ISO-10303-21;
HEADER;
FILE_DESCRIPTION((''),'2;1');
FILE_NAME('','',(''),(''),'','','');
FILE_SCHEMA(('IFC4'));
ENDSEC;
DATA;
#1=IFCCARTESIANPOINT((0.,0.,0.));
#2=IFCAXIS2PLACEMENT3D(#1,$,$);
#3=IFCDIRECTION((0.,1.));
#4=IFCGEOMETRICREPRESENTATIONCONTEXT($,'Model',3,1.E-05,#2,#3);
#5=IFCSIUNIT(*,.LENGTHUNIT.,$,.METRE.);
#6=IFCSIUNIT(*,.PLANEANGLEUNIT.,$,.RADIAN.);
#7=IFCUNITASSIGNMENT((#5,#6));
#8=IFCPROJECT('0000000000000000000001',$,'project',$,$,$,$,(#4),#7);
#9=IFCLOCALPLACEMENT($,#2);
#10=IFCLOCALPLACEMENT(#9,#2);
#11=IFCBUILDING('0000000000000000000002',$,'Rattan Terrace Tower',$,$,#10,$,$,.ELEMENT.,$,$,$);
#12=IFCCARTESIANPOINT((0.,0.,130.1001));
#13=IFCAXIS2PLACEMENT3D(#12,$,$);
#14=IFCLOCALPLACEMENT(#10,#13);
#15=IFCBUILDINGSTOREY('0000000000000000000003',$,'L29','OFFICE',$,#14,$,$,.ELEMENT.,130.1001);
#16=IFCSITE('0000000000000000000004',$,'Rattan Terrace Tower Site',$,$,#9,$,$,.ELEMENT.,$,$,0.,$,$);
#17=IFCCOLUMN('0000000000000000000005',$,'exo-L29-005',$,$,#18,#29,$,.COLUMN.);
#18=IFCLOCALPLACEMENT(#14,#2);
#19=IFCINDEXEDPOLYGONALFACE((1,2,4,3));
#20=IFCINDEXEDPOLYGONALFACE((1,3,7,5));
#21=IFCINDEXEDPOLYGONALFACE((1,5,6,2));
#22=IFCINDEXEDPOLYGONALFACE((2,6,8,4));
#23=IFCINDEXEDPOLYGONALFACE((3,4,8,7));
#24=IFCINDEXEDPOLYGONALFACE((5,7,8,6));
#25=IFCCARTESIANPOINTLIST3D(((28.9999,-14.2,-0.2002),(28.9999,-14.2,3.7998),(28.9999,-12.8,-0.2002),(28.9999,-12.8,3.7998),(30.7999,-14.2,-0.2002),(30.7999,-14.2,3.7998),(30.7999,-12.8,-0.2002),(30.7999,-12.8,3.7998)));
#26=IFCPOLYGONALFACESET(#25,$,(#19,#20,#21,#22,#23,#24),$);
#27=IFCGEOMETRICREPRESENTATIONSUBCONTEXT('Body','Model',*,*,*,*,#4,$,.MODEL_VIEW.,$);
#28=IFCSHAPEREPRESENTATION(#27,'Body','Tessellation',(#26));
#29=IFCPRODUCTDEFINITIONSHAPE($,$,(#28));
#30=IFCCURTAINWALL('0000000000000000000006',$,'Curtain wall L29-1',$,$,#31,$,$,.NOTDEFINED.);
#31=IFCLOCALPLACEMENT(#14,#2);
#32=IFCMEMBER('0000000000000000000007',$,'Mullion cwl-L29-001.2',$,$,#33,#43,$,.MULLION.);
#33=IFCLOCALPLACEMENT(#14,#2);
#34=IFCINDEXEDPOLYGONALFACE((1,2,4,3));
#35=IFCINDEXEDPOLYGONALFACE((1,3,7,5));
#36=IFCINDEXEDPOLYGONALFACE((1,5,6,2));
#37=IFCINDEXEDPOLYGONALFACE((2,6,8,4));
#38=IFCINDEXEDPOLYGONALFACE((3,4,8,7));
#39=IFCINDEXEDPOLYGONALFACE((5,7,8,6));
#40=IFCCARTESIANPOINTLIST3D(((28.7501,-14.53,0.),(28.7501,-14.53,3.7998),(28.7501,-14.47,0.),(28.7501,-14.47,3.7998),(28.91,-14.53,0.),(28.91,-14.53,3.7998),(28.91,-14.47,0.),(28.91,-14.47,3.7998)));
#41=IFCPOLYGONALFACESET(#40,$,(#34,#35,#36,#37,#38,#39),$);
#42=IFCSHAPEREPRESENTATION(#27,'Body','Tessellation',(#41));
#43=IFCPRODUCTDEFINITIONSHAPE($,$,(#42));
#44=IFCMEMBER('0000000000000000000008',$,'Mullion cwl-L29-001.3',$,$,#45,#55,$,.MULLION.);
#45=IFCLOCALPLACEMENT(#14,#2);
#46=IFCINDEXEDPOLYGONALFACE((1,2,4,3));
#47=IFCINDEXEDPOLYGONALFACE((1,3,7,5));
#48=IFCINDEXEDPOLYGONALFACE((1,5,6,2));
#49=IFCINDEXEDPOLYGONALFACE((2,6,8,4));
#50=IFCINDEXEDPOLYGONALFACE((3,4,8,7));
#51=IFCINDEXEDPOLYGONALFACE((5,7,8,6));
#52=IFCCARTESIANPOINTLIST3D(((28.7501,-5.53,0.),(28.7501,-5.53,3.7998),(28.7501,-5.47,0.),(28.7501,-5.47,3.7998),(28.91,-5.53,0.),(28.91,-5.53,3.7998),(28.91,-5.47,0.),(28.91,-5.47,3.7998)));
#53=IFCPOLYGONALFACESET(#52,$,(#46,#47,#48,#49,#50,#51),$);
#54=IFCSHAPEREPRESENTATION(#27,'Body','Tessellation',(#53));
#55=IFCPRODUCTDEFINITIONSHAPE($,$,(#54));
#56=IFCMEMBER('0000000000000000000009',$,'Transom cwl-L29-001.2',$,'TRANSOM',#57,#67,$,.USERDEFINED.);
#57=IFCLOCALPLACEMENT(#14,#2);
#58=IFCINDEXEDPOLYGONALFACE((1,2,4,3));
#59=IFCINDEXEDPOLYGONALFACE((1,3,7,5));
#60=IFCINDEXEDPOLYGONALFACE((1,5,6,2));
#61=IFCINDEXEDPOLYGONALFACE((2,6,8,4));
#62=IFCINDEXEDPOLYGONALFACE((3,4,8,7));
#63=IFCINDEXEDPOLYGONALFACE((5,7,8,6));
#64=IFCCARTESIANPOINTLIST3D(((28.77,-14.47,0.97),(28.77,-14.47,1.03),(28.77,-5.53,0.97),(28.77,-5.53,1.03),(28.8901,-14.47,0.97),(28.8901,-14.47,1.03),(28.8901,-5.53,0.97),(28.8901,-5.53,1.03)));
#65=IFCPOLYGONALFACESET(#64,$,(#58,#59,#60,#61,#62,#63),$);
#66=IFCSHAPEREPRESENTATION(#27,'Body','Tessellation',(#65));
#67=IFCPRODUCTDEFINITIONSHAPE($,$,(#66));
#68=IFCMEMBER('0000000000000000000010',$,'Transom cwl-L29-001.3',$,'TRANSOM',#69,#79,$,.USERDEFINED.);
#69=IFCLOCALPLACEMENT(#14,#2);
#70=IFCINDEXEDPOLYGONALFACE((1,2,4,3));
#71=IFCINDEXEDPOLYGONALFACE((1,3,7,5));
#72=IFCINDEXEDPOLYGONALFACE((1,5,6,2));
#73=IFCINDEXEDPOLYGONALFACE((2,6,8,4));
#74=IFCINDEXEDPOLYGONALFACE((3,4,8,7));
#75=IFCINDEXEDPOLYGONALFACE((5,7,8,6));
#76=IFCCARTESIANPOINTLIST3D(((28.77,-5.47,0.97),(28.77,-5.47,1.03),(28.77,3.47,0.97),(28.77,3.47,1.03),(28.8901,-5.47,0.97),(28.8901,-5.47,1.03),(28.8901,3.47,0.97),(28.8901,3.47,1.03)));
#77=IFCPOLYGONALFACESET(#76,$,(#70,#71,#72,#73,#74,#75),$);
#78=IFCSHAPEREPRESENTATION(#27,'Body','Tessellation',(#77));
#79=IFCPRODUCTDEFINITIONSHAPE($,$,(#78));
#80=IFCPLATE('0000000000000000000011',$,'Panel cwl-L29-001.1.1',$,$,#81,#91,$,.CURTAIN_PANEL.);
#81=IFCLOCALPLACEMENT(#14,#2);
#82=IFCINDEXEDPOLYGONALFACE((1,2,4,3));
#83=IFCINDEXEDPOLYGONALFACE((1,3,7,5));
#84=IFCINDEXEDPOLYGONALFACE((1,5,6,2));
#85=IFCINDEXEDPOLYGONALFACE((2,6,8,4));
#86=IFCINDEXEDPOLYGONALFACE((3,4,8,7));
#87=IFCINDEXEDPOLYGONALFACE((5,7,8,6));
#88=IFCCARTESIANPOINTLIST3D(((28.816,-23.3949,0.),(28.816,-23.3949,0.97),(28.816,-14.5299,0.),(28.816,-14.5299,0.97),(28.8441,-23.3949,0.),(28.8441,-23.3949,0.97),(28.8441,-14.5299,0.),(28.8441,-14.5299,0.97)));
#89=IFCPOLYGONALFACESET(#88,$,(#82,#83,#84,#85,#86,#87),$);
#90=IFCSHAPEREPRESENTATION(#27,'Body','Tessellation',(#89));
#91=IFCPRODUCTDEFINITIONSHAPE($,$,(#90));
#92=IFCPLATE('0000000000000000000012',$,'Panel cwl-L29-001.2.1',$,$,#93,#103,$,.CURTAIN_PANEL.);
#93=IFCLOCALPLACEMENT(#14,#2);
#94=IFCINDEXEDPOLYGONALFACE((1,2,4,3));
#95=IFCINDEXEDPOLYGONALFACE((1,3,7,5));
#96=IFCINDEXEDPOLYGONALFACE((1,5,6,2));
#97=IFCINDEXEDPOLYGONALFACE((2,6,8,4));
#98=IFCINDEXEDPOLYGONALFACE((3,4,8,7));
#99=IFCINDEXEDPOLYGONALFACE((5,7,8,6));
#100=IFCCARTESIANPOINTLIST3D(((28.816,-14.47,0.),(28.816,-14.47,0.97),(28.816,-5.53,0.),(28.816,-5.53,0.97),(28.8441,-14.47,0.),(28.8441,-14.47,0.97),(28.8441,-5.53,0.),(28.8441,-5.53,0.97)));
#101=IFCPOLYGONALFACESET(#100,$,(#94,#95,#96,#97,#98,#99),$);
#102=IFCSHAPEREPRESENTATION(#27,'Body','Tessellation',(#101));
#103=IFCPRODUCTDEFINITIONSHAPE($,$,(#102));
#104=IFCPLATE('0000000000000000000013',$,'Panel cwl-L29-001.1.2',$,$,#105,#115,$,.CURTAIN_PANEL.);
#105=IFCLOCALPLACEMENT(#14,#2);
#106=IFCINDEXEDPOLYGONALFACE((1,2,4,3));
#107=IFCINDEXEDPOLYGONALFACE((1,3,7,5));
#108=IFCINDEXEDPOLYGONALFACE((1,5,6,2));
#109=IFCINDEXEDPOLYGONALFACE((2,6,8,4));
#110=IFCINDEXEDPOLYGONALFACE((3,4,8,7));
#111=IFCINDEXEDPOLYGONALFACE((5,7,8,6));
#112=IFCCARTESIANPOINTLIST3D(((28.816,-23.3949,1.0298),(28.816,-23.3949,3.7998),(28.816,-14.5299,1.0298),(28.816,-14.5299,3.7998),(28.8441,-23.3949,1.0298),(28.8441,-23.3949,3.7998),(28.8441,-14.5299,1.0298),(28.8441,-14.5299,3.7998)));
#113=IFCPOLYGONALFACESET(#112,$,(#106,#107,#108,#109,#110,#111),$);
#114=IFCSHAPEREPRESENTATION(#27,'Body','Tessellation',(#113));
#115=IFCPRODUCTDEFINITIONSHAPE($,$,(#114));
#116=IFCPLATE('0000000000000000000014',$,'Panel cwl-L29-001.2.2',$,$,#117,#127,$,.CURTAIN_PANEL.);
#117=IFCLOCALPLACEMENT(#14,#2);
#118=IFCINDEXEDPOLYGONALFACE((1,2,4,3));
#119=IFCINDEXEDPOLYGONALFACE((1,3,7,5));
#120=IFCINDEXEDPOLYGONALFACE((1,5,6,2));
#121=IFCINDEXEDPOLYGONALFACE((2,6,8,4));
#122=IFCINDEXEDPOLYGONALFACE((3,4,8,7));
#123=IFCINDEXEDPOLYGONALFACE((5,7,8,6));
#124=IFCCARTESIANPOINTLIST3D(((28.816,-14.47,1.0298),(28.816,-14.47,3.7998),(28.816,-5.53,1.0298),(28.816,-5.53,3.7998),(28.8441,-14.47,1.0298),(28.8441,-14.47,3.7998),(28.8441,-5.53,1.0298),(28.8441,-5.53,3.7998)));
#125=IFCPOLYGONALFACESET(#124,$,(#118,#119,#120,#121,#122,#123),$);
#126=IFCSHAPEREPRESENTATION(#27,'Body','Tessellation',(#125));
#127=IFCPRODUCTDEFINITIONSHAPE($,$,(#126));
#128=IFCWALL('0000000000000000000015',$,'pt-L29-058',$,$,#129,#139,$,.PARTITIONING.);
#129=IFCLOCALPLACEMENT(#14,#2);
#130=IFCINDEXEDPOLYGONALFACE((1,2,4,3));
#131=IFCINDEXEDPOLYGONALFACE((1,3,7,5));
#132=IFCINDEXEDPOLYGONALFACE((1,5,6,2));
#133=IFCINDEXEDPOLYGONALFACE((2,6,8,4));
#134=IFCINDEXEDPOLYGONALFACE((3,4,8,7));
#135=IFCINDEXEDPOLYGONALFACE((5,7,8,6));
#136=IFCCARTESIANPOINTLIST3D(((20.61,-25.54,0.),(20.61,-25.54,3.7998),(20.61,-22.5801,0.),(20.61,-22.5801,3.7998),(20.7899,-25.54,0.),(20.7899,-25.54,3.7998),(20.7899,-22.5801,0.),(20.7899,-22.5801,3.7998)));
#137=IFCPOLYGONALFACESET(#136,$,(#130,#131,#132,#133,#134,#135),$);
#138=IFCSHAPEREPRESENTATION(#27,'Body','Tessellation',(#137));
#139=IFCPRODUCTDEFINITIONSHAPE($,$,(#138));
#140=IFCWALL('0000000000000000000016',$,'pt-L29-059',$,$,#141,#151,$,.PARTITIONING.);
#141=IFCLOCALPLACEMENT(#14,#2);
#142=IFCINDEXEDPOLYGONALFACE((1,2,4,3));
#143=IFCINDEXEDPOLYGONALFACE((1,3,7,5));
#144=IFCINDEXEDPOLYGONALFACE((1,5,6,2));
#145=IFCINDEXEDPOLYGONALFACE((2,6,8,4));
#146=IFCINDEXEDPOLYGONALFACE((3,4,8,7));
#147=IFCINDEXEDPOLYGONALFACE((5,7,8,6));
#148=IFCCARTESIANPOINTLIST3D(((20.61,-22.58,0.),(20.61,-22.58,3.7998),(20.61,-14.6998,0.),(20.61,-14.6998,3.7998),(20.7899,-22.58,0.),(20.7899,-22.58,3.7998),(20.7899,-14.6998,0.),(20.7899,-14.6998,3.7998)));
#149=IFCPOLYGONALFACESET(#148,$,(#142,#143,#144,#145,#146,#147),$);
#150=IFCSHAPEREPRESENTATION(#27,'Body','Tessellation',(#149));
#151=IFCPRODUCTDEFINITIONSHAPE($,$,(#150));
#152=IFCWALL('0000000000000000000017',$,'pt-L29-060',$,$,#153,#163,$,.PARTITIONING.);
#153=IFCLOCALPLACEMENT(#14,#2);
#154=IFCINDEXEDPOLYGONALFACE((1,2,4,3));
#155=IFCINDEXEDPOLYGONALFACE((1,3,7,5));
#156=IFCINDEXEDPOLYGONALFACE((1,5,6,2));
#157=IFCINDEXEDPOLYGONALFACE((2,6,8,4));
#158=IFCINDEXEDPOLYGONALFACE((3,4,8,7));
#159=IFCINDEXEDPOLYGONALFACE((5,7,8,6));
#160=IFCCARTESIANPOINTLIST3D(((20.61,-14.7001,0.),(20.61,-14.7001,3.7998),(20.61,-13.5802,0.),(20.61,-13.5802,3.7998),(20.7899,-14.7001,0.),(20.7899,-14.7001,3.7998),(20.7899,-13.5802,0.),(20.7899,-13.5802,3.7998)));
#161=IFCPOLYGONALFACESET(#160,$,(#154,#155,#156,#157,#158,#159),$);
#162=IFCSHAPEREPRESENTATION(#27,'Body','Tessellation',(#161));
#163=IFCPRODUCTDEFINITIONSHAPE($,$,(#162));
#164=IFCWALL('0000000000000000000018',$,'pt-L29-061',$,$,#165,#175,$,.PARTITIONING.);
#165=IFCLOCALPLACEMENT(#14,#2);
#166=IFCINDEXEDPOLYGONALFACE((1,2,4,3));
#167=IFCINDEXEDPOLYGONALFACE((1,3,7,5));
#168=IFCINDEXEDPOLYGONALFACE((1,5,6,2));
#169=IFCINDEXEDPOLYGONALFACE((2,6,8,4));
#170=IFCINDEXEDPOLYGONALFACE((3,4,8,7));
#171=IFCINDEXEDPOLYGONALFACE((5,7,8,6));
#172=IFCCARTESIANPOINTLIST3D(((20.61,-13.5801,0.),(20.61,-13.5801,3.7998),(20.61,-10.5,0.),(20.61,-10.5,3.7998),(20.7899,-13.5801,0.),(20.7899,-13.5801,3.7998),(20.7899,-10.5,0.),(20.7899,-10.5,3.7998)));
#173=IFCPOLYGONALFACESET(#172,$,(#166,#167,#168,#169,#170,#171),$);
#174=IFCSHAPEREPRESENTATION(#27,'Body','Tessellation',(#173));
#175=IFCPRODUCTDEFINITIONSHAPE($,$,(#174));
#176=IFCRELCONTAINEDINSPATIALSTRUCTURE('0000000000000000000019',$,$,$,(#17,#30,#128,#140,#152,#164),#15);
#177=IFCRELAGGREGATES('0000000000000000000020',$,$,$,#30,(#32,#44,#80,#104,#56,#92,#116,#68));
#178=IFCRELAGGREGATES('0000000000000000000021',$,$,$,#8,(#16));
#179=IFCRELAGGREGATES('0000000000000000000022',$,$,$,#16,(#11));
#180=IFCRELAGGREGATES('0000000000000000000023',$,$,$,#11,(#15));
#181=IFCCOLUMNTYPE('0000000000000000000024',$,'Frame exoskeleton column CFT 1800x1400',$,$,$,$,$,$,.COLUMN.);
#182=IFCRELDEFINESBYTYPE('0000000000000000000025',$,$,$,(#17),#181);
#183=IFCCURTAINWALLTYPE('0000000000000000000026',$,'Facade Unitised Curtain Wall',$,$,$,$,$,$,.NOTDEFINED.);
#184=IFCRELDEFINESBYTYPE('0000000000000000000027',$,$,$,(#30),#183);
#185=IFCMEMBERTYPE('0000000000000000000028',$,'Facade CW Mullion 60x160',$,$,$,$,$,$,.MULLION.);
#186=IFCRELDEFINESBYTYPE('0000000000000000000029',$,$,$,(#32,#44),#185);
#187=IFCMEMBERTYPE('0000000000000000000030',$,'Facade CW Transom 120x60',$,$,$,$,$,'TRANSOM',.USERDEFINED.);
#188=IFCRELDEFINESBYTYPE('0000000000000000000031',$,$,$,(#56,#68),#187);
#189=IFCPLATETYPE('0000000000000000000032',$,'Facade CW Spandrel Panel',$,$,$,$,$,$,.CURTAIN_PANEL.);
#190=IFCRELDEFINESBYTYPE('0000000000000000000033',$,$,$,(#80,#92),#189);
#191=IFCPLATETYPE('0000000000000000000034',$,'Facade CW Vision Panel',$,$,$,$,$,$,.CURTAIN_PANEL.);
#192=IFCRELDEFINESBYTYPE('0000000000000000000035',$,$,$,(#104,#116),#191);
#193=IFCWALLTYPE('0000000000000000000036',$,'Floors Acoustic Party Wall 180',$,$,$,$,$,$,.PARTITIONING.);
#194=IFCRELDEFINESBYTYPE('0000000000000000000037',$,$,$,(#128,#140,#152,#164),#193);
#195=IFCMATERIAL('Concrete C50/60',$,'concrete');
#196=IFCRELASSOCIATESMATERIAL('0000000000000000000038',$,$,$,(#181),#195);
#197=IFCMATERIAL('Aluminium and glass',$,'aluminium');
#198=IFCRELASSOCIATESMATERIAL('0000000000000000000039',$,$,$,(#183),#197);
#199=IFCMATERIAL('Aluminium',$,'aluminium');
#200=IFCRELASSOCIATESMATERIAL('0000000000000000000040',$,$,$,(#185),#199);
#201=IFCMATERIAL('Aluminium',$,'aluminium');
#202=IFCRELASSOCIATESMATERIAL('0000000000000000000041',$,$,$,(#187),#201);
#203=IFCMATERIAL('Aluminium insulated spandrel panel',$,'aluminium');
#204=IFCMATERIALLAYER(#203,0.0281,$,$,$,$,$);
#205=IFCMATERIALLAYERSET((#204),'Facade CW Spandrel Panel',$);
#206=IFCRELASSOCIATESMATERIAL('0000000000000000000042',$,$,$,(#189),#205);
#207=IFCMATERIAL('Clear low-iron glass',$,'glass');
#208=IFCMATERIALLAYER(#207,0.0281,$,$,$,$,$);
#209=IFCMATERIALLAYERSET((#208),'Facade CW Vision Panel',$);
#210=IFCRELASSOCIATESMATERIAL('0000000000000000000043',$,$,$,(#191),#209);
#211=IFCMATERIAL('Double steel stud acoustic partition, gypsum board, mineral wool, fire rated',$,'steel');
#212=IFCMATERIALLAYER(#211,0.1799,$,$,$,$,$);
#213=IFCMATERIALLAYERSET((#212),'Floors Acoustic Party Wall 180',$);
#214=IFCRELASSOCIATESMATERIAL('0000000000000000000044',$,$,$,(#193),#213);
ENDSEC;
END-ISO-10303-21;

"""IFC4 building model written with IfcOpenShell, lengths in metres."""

from ifc_helpers import new_model, si_unit, direction, frame, frame_2d, origin, origin_2d, place, context, subcontext, project, spatial, rectangle, extrude, material, layer, layer_set, material_profile, profile_set, type_object, element, aggregate, save


model = new_model("IFC4")

# Units and contexts
model_context = context("Model", 3, precision=1e-05, world=origin(), true_north=direction((0.0, 1.0)))
body_context = subcontext(model_context, "Body", "Model", "MODEL_VIEW")
ifc_project = project(units=[si_unit("LENGTHUNIT", "METRE"), si_unit("PLANEANGLEUNIT", "RADIAN")], contexts=[model_context])

# Site, building, storey
site_placement = place(None, origin())
site = spatial("IfcSite", under=ifc_project, at=site_placement, Name="Rattan Terrace Tower Site", CompositionType="ELEMENT", RefElevation=0.0)
building_placement = place(site_placement, origin())
building = spatial("IfcBuilding", under=site, at=building_placement, Name="Rattan Terrace Tower", CompositionType="ELEMENT")
storey_placement = place(building_placement, frame((0.0, 0.0, 130.1001)))
storey = spatial("IfcBuildingStorey", under=building, at=storey_placement, Name="L29", Description="OFFICE", CompositionType="ELEMENT", Elevation=130.1001)

# Column
ifc_material_1 = material(Name="Concrete C50/60", Category="concrete")
ifc_material_profile_1 = material_profile(ifc_material_1, rectangle(XDim=1.3999, YDim=1.8, at=origin_2d()), Name="CFT 1800x1400")
ifc_profile_set_1 = profile_set([ifc_material_profile_1], Name="Concrete C50/60")
column_type = type_object("IfcColumnType", Name="Frame exoskeleton column CFT 1800x1400", PredefinedType="COLUMN", material=ifc_profile_set_1)
column_placement = place(storey_placement, frame((29.8999, -13.5, -0.2002), z_axis=(0.0, 0.0, 1.0), x_axis=(0.0, 1.0, 0.0)))
element("IfcColumn", 1, at=column_placement, inside=storey, type_object=column_type, Name="exo-L29-005", PredefinedType="COLUMN", context=body_context, shape_type="SweptSolid", body=[
    extrude(rectangle(XDim=1.3999, YDim=1.8, at=origin_2d()), origin(), (0.0, 0.0, 1.0), 4.0),
])

# Curtain wall, members, plates
ifc_material_2 = material(Name="Aluminium and glass", Category="aluminium")
curtain_wall_type = type_object("IfcCurtainWallType", Name="Facade Unitised Curtain Wall", PredefinedType="NOTDEFINED", material=ifc_material_2)
curtain_wall_placement = place(storey_placement, origin())
curtain_wall = element("IfcCurtainWall", 2, at=curtain_wall_placement, inside=storey, type_object=curtain_wall_type, Name="Curtain wall L29-1", PredefinedType="NOTDEFINED")
ifc_material_3 = material(Name="Aluminium", Category="aluminium")
ifc_material_profile_2 = material_profile(ifc_material_3, rectangle(XDim=0.0601, YDim=0.1599, at=origin_2d()), Name="Aluminium 60x160")
ifc_profile_set_2 = profile_set([ifc_material_profile_2], Name="Aluminium")
member_type_1 = type_object("IfcMemberType", Name="Facade CW Mullion 60x160", PredefinedType="MULLION", material=ifc_profile_set_2)
member_1_placement = place(storey_placement, frame((28.8301, -14.5, 0.0), z_axis=(0.0, 0.0, 1.0), x_axis=(0.0, 1.0, 0.0)))
member_1 = element("IfcMember", 3, at=member_1_placement, type_object=member_type_1, Name="Mullion cwl-L29-001.2", PredefinedType="MULLION", context=body_context, shape_type="SweptSolid", body=[
    extrude(rectangle(XDim=0.0601, YDim=0.1599, at=origin_2d()), origin(), (0.0, 0.0, 1.0), 3.7998),
])
member_2_placement = place(storey_placement, frame((28.8301, -5.5, 0.0), z_axis=(0.0, 0.0, 1.0), x_axis=(0.0, 1.0, 0.0)))
member_2 = element("IfcMember", 4, at=member_2_placement, type_object=member_type_1, Name="Mullion cwl-L29-001.3", PredefinedType="MULLION", context=body_context, shape_type="SweptSolid", body=[
    extrude(rectangle(XDim=0.0601, YDim=0.1599, at=origin_2d()), origin(), (0.0, 0.0, 1.0), 3.7998),
])
ifc_material_4 = material(Name="Aluminium", Category="aluminium")
ifc_material_profile_3 = material_profile(ifc_material_4, rectangle(XDim=0.1201, YDim=0.0601, at=origin_2d()), Name="Aluminium 120x60")
ifc_profile_set_3 = profile_set([ifc_material_profile_3], Name="Aluminium")
member_type_2 = type_object("IfcMemberType", Name="Facade CW Transom 120x60", ElementType="TRANSOM", PredefinedType="USERDEFINED", material=ifc_profile_set_3)
member_3_placement = place(storey_placement, frame((28.8301, -14.47, 1.0), z_axis=(0.0, 1.0, 0.0), x_axis=(-1.0, 0.0, 0.0)))
member_3 = element("IfcMember", 5, at=member_3_placement, type_object=member_type_2, Name="Transom cwl-L29-001.2", ObjectType="TRANSOM", PredefinedType="USERDEFINED", context=body_context, shape_type="SweptSolid", body=[
    extrude(rectangle(XDim=0.1201, YDim=0.0601, at=origin_2d()), origin(), (0.0, 0.0, 1.0), 8.9399),
])
member_4_placement = place(storey_placement, frame((28.8301, -5.47, 1.0), z_axis=(0.0, 1.0, 0.0), x_axis=(-1.0, 0.0, 0.0)))
member_4 = element("IfcMember", 6, at=member_4_placement, type_object=member_type_2, Name="Transom cwl-L29-001.3", ObjectType="TRANSOM", PredefinedType="USERDEFINED", context=body_context, shape_type="SweptSolid", body=[
    extrude(rectangle(XDim=0.1201, YDim=0.0601, at=origin_2d()), origin(), (0.0, 0.0, 1.0), 8.9399),
])
ifc_material_5 = material(Name="Aluminium insulated spandrel panel", Category="aluminium")
ifc_layer_1 = layer(ifc_material_5, 0.0281)
ifc_layer_set_1 = layer_set([ifc_layer_1], Name="Facade CW Spandrel Panel")
plate_type_1 = type_object("IfcPlateType", Name="Facade CW Spandrel Panel", PredefinedType="CURTAIN_PANEL", material=ifc_layer_set_1)
plate_1_placement = place(storey_placement, frame((28.8301, -18.9624, 0.0), z_axis=(0.0, 0.0, 1.0), x_axis=(0.0, 1.0, 0.0)))
plate_1 = element("IfcPlate", 7, at=plate_1_placement, type_object=plate_type_1, Name="Panel cwl-L29-001.1.1", PredefinedType="CURTAIN_PANEL", context=body_context, shape_type="SweptSolid", body=[
    extrude(rectangle(XDim=8.865, YDim=0.0281, at=origin_2d()), origin(), (0.0, 0.0, 1.0), 0.97),
])
plate_2_placement = place(storey_placement, frame((28.8301, -10.0, 0.0), z_axis=(0.0, 0.0, 1.0), x_axis=(0.0, 1.0, 0.0)))
plate_2 = element("IfcPlate", 8, at=plate_2_placement, type_object=plate_type_1, Name="Panel cwl-L29-001.2.1", PredefinedType="CURTAIN_PANEL", context=body_context, shape_type="SweptSolid", body=[
    extrude(rectangle(XDim=8.9399, YDim=0.0281, at=origin_2d()), origin(), (0.0, 0.0, 1.0), 0.97),
])
ifc_material_6 = material(Name="Clear low-iron glass", Category="glass")
ifc_layer_2 = layer(ifc_material_6, 0.0281)
ifc_layer_set_2 = layer_set([ifc_layer_2], Name="Facade CW Vision Panel")
plate_type_2 = type_object("IfcPlateType", Name="Facade CW Vision Panel", PredefinedType="CURTAIN_PANEL", material=ifc_layer_set_2)
plate_3_placement = place(storey_placement, frame((28.8301, -18.9624, 1.0298), z_axis=(0.0, 0.0, 1.0), x_axis=(0.0, 1.0, 0.0)))
plate_3 = element("IfcPlate", 9, at=plate_3_placement, type_object=plate_type_2, Name="Panel cwl-L29-001.1.2", PredefinedType="CURTAIN_PANEL", context=body_context, shape_type="SweptSolid", body=[
    extrude(rectangle(XDim=8.865, YDim=0.0281, at=origin_2d()), origin(), (0.0, 0.0, 1.0), 2.77),
])
plate_4_placement = place(storey_placement, frame((28.8301, -10.0, 1.0298), z_axis=(0.0, 0.0, 1.0), x_axis=(0.0, 1.0, 0.0)))
plate_4 = element("IfcPlate", 10, at=plate_4_placement, type_object=plate_type_2, Name="Panel cwl-L29-001.2.2", PredefinedType="CURTAIN_PANEL", context=body_context, shape_type="SweptSolid", body=[
    extrude(rectangle(XDim=8.9399, YDim=0.0281, at=origin_2d()), origin(), (0.0, 0.0, 1.0), 2.77),
])
aggregate(curtain_wall, [member_1, member_2, plate_1, plate_3, member_3, plate_2, plate_4, member_4])

# Walls
ifc_material_7 = material(Name="Double steel stud acoustic partition, gypsum board, mineral wool, fire rated", Category="steel")
ifc_layer_3 = layer(ifc_material_7, 0.1799)
ifc_layer_set_3 = layer_set([ifc_layer_3], Name="Floors Acoustic Party Wall 180")
wall_type_1 = type_object("IfcWallType", Name="Floors Acoustic Party Wall 180", PredefinedType="PARTITIONING", material=ifc_layer_set_3)
wall_1_placement = place(storey_placement, frame((20.7, -22.5801, 0.0), z_axis=(0.0, 0.0, 1.0), x_axis=(0.0, -1.0, 0.0)))
element("IfcWall", 11, at=wall_1_placement, inside=storey, type_object=wall_type_1, Name="pt-L29-058", PredefinedType="PARTITIONING", context=body_context, shape_type="SweptSolid", body=[
    extrude(rectangle(XDim=2.96, YDim=0.1799, at=frame_2d((1.48, 0.0))), origin(), (0.0, 0.0, 1.0), 3.7998),
])
wall_2_placement = place(storey_placement, frame((20.7, -14.7, 0.0), z_axis=(0.0, 0.0, 1.0), x_axis=(0.0, -1.0, 0.0)))
element("IfcWall", 12, at=wall_2_placement, inside=storey, type_object=wall_type_1, Name="pt-L29-059", PredefinedType="PARTITIONING", context=body_context, shape_type="SweptSolid", body=[
    extrude(rectangle(XDim=7.8801, YDim=0.1799, at=frame_2d((3.9399, 0.0))), origin(), (0.0, 0.0, 1.0), 3.7998),
])
wall_3_placement = place(storey_placement, frame((20.7, -13.5801, 0.0), z_axis=(0.0, 0.0, 1.0), x_axis=(0.0, -1.0, 0.0)))
element("IfcWall", 13, at=wall_3_placement, inside=storey, type_object=wall_type_1, Name="pt-L29-060", PredefinedType="PARTITIONING", context=body_context, shape_type="SweptSolid", body=[
    extrude(rectangle(XDim=1.1199, YDim=0.1799, at=frame_2d((0.5601, 0.0))), origin(), (0.0, 0.0, 1.0), 3.7998),
])
wall_4_placement = place(storey_placement, frame((20.7, -10.5, 0.0), z_axis=(0.0, 0.0, 1.0), x_axis=(0.0, -1.0, 0.0)))
element("IfcWall", 14, at=wall_4_placement, inside=storey, type_object=wall_type_1, Name="pt-L29-061", PredefinedType="PARTITIONING", context=body_context, shape_type="SweptSolid", body=[
    extrude(rectangle(XDim=3.0801, YDim=0.1799, at=frame_2d((1.54, 0.0))), origin(), (0.0, 0.0, 1.0), 3.7998),
])

save(model, "model.ifc")
